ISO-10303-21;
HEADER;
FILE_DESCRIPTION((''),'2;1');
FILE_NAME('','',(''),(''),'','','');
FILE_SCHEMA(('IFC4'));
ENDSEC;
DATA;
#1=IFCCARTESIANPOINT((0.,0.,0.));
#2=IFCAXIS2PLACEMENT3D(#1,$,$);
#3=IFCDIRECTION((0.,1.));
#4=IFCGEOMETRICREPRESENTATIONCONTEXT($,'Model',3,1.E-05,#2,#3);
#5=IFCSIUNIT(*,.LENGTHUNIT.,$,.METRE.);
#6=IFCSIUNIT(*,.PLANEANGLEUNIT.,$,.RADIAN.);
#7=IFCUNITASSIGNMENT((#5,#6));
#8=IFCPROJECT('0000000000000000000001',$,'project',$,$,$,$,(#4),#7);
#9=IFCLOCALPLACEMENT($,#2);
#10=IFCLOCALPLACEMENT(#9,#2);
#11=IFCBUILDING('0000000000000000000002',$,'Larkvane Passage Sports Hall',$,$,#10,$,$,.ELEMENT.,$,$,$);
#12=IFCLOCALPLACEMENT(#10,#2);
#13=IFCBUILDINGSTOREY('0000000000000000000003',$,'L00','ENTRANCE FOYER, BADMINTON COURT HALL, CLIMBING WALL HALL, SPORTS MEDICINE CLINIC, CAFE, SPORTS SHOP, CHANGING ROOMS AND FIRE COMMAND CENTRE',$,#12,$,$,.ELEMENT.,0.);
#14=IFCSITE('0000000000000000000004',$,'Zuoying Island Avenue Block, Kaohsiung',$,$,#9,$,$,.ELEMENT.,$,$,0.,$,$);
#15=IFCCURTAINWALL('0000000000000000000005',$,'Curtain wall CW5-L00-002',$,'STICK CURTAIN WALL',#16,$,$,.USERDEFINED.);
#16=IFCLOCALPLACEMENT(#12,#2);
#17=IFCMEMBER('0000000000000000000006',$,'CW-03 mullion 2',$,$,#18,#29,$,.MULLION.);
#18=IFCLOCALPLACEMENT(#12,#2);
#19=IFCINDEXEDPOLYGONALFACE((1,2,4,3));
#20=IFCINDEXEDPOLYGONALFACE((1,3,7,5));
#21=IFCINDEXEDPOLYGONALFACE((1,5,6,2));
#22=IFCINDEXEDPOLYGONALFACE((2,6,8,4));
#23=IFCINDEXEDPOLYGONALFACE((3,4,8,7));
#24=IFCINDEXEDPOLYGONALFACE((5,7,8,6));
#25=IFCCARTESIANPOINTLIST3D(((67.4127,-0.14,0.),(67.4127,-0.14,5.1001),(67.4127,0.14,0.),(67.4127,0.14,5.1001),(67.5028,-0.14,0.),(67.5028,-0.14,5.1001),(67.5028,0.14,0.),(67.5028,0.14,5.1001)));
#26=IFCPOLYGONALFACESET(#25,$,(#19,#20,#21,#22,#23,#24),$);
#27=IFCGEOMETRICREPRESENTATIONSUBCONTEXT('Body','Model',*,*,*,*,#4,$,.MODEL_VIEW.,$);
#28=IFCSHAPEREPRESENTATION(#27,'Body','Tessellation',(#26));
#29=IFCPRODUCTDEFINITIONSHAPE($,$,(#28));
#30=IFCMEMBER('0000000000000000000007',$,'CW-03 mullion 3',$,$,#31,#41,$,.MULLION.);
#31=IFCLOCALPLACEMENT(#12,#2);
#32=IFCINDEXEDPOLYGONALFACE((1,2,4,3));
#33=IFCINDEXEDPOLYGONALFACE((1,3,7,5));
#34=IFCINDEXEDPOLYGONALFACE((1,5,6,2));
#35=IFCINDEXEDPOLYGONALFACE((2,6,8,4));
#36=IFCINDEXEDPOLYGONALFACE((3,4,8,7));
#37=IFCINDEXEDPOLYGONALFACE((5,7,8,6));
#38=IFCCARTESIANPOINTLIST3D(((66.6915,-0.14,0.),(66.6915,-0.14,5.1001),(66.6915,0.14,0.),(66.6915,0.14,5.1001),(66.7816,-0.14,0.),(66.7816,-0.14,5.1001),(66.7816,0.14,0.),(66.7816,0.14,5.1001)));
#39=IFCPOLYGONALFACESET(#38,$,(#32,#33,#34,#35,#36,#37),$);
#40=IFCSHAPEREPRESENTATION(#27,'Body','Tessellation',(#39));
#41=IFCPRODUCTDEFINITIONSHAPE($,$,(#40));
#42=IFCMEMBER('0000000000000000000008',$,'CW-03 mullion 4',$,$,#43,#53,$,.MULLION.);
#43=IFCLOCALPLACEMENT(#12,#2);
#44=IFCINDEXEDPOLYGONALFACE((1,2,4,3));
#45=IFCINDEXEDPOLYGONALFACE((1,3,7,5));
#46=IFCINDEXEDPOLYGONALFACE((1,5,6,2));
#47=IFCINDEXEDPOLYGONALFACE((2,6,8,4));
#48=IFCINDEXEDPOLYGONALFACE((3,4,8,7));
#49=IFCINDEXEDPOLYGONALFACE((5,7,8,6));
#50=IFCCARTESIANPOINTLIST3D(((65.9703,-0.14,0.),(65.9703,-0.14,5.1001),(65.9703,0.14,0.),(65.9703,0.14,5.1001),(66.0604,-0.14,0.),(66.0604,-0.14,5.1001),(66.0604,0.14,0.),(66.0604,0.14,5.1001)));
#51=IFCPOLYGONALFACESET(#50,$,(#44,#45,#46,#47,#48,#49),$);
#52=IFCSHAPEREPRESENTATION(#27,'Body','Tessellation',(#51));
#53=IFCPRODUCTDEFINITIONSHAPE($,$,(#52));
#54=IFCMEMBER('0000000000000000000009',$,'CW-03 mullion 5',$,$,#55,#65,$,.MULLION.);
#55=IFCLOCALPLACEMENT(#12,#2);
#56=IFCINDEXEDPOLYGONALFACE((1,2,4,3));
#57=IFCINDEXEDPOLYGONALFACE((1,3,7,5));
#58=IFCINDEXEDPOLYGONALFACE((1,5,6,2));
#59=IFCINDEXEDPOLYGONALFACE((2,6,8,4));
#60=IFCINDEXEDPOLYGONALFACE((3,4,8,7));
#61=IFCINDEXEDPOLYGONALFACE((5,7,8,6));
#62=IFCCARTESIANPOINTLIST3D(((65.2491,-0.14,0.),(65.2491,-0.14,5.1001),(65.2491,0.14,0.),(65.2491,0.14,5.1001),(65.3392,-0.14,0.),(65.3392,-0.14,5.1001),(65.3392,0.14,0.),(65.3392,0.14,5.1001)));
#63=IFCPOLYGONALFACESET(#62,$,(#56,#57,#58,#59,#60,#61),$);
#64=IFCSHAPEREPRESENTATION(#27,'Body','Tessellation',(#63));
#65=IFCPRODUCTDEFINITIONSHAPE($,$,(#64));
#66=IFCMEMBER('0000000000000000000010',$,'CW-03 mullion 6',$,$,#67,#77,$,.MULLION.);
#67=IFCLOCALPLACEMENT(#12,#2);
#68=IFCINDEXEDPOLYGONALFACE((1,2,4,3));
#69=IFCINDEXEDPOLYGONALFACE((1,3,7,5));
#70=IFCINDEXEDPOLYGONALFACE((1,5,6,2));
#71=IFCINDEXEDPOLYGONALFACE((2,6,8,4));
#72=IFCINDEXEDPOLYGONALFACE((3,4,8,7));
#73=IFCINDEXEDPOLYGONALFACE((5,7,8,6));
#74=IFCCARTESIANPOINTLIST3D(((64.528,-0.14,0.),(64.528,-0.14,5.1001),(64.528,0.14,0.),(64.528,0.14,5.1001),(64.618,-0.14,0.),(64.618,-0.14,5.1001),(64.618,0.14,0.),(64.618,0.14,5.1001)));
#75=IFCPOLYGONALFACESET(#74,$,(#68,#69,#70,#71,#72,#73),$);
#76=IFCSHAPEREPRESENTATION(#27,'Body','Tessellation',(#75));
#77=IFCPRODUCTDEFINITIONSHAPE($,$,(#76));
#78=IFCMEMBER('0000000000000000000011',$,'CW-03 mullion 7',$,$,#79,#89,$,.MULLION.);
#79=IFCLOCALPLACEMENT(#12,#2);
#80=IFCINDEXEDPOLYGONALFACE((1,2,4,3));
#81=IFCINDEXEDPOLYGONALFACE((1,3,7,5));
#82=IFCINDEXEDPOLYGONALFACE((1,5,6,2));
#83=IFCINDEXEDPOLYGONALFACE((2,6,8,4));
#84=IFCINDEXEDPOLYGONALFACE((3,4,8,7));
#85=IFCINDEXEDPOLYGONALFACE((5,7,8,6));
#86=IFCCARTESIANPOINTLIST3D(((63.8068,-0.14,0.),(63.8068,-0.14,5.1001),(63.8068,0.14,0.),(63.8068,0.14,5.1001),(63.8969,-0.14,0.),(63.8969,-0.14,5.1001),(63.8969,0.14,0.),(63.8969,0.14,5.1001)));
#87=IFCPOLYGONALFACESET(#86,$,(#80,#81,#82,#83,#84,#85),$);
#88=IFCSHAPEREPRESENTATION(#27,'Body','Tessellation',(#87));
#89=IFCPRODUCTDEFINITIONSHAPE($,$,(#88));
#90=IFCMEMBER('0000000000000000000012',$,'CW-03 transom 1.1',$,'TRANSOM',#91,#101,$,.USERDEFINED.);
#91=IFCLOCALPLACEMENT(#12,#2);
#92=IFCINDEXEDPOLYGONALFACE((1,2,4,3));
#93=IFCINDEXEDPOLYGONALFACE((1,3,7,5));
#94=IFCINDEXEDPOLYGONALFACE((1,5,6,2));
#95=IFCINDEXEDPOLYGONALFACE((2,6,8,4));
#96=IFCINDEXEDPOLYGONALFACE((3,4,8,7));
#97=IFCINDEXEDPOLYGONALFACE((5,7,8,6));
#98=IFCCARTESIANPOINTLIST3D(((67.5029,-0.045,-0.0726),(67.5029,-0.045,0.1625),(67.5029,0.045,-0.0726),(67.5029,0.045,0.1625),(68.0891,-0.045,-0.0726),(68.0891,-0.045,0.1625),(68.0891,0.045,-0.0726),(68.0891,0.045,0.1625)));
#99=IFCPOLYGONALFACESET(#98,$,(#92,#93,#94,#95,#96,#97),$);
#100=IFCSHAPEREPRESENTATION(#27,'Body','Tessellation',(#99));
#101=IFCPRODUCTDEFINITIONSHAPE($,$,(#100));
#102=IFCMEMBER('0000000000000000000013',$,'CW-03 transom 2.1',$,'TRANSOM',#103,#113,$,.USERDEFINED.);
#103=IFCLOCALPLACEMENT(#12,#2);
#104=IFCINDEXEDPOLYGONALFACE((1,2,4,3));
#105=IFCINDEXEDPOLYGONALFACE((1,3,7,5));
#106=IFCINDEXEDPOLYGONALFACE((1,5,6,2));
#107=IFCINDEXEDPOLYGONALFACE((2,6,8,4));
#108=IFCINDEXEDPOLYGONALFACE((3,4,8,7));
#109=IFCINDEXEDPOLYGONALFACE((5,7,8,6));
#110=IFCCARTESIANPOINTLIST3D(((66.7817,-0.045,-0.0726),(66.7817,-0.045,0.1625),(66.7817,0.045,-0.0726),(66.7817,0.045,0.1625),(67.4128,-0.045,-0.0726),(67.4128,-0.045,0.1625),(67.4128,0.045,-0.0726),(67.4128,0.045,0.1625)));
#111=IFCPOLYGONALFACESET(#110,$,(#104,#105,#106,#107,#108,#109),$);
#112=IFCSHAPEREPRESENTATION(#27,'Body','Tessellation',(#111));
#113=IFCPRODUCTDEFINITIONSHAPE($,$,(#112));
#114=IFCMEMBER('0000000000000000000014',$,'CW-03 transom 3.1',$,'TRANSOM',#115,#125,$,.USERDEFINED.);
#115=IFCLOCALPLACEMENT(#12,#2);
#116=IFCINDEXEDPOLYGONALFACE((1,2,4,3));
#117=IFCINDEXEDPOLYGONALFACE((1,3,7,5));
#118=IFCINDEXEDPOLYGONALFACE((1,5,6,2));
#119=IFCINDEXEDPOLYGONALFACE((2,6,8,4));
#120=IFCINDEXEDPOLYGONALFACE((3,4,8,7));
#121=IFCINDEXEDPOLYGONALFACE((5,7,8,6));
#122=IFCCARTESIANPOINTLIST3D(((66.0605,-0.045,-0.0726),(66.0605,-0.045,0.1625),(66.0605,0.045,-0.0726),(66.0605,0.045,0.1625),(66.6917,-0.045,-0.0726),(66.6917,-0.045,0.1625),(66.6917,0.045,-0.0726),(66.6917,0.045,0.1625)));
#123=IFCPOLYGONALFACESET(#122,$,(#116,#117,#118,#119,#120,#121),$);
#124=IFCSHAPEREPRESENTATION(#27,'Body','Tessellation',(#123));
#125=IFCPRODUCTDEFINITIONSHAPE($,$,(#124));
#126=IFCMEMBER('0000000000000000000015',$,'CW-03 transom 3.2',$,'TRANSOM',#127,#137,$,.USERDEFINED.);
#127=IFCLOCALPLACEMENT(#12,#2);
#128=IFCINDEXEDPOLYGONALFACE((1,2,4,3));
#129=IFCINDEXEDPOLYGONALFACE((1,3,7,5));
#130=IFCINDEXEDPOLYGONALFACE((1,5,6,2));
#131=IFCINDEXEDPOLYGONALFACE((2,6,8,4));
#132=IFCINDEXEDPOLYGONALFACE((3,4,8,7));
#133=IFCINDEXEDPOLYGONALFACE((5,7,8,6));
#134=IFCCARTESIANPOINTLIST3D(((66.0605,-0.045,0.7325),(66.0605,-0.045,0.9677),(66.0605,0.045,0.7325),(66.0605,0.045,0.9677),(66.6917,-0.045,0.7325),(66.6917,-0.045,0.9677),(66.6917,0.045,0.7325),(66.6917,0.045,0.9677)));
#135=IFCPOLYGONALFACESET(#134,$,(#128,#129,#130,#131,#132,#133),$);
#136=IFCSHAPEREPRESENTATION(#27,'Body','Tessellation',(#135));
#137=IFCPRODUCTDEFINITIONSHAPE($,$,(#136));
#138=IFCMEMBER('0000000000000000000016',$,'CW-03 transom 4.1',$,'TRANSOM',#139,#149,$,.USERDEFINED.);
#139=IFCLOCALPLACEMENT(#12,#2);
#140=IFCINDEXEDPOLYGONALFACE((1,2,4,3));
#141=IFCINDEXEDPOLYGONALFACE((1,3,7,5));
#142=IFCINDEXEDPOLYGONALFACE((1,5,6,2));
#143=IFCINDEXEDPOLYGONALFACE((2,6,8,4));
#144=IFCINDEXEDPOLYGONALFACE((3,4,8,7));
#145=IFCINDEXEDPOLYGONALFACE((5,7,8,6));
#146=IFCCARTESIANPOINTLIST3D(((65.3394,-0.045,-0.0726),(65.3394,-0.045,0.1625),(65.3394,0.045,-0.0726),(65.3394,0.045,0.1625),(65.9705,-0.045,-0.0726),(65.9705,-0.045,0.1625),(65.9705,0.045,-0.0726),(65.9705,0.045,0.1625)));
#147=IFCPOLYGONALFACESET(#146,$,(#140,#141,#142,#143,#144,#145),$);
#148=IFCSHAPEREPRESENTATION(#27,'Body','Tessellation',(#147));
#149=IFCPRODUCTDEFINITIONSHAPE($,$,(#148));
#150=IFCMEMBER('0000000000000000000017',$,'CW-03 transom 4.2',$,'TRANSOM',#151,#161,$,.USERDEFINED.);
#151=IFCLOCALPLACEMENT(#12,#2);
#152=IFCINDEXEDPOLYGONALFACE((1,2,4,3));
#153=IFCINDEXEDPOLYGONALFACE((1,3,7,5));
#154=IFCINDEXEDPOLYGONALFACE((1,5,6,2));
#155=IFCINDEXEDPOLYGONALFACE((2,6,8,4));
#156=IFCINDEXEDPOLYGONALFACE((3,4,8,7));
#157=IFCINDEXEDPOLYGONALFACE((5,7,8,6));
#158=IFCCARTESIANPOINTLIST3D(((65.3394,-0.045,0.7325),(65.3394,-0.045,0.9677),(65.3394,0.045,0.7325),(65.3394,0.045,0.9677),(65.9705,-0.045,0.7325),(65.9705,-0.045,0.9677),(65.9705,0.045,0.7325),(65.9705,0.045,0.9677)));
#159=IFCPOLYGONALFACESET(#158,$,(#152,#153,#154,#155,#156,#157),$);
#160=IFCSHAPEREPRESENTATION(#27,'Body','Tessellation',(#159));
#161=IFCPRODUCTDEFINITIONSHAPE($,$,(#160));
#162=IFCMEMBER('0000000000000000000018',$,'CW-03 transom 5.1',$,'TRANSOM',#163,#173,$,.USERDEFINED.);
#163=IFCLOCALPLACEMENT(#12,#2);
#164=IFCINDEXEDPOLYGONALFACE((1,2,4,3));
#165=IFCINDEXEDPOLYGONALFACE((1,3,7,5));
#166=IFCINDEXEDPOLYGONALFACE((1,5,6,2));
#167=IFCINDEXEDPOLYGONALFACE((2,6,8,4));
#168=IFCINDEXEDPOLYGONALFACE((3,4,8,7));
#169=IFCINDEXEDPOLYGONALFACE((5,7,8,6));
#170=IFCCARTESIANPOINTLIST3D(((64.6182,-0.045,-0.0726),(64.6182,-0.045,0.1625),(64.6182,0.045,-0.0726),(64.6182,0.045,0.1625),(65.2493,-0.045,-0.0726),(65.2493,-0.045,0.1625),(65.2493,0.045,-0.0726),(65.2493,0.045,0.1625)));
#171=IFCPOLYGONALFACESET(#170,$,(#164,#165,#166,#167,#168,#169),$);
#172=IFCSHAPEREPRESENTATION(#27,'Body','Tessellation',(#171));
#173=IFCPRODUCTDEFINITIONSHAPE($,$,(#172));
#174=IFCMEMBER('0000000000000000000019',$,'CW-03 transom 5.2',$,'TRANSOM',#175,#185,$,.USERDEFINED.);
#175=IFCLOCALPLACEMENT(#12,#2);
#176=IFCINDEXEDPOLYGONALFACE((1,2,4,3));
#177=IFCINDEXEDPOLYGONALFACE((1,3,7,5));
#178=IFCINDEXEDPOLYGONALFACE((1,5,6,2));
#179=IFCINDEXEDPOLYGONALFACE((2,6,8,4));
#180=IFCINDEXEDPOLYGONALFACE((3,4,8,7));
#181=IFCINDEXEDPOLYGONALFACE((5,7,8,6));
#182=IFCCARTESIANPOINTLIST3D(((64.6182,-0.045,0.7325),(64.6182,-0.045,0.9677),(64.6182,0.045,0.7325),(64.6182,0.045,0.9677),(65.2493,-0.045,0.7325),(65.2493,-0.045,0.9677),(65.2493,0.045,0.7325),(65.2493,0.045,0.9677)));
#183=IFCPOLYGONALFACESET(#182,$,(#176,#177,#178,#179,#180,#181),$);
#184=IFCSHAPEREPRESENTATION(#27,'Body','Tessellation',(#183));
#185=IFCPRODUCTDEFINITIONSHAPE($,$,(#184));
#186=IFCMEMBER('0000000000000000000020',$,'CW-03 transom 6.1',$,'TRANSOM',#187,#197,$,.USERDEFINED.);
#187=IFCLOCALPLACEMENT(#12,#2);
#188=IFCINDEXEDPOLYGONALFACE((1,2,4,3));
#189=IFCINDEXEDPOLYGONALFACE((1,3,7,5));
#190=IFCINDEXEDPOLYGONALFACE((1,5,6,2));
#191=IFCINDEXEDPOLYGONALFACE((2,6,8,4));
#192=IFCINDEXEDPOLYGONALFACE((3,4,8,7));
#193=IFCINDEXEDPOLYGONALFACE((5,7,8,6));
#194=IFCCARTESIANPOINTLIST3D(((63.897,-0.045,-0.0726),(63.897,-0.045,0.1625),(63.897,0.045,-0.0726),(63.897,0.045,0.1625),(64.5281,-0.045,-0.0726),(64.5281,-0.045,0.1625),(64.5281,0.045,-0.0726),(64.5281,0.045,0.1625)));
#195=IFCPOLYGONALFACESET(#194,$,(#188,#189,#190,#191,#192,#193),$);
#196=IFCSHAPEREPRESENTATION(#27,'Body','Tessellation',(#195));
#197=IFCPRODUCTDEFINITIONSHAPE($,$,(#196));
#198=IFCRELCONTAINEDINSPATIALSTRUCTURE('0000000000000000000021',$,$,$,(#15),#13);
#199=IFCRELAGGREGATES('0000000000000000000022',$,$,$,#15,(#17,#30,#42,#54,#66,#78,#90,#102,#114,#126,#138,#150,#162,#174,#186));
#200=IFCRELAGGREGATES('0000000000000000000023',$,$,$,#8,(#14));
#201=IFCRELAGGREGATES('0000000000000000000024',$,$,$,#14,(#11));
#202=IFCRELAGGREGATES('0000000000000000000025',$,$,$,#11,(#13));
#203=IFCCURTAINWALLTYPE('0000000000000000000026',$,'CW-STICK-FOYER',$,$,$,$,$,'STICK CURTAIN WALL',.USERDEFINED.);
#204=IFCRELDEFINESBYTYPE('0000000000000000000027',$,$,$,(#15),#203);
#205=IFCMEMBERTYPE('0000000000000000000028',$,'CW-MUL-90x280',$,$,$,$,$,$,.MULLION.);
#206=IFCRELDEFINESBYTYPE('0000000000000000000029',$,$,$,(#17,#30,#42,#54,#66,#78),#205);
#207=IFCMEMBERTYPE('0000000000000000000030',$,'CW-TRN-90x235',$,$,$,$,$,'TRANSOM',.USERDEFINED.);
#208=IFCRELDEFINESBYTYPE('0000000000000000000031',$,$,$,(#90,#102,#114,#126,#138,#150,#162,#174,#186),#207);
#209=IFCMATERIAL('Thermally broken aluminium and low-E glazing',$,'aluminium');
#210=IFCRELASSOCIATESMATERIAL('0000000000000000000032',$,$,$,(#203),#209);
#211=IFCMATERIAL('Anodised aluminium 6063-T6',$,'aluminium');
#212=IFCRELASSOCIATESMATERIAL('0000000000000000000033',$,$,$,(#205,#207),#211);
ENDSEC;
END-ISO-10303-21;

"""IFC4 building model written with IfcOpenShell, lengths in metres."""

from ifc_helpers import new_model, si_unit, direction, frame, origin, origin_2d, place, context, subcontext, project, spatial, rectangle, extrude, material, material_profile, profile_set, type_object, element, aggregate, save


model = new_model("IFC4")

# Units and contexts
model_context = context("Model", 3, precision=1e-05, world=origin(), true_north=direction((0.0, 1.0)))
body_context = subcontext(model_context, "Body", "Model", "MODEL_VIEW")
ifc_project = project(units=[si_unit("LENGTHUNIT", "METRE"), si_unit("PLANEANGLEUNIT", "RADIAN")], contexts=[model_context])

# Site, building, storey
site_placement = place(None, origin())
site = spatial("IfcSite", under=ifc_project, at=site_placement, Name="Zuoying Island Avenue Block, Kaohsiung", CompositionType="ELEMENT", RefElevation=0.0)
building_placement = place(site_placement, origin())
building = spatial("IfcBuilding", under=site, at=building_placement, Name="Larkvane Passage Sports Hall", CompositionType="ELEMENT")
storey_placement = place(building_placement, origin())
storey = spatial("IfcBuildingStorey", under=building, at=storey_placement, Name="L00", Description="ENTRANCE FOYER, BADMINTON COURT HALL, CLIMBING WALL HALL, SPORTS MEDICINE CLINIC, CAFE, SPORTS SHOP, CHANGING ROOMS AND FIRE COMMAND CENTRE", CompositionType="ELEMENT", Elevation=0.0)

# Curtain wall, members
ifc_material_1 = material(Name="Thermally broken aluminium and low-E glazing", Category="aluminium")
curtain_wall_type = type_object("IfcCurtainWallType", Name="CW-STICK-FOYER", ElementType="STICK CURTAIN WALL", PredefinedType="USERDEFINED", material=ifc_material_1)
curtain_wall_placement = place(storey_placement, origin())
curtain_wall = element("IfcCurtainWall", 1, at=curtain_wall_placement, inside=storey, type_object=curtain_wall_type, Name="Curtain wall CW5-L00-002", ObjectType="STICK CURTAIN WALL", PredefinedType="USERDEFINED")
ifc_material_2 = material(Name="Anodised aluminium 6063-T6", Category="aluminium")
ifc_material_profile_1 = material_profile(ifc_material_2, rectangle(XDim=0.0901, YDim=0.28, at=origin_2d()), Name="ALU-MUL-90x280")
ifc_profile_set_1 = profile_set([ifc_material_profile_1], Name="Anodised aluminium 6063-T6")
member_type_1 = type_object("IfcMemberType", Name="CW-MUL-90x280", PredefinedType="MULLION", material=ifc_profile_set_1)
member_1_placement = place(storey_placement, frame((67.4578, 0.0, 0.0), z_axis=(0.0, 0.0, 1.0), x_axis=(-1.0, 0.0, 0.0)))
member_1 = element("IfcMember", 2, at=member_1_placement, type_object=member_type_1, Name="CW-03 mullion 2", PredefinedType="MULLION", context=body_context, shape_type="SweptSolid", body=[
    extrude(rectangle(XDim=0.0901, YDim=0.28, at=origin_2d()), origin(), (0.0, 0.0, 1.0), 5.1001),
])
member_2_placement = place(storey_placement, frame((66.7366, 0.0, 0.0), z_axis=(0.0, 0.0, 1.0), x_axis=(-1.0, 0.0, 0.0)))
member_2 = element("IfcMember", 3, at=member_2_placement, type_object=member_type_1, Name="CW-03 mullion 3", PredefinedType="MULLION", context=body_context, shape_type="SweptSolid", body=[
    extrude(rectangle(XDim=0.0901, YDim=0.28, at=origin_2d()), origin(), (0.0, 0.0, 1.0), 5.1001),
])
member_3_placement = place(storey_placement, frame((66.0154, 0.0, 0.0), z_axis=(0.0, 0.0, 1.0), x_axis=(-1.0, 0.0, 0.0)))
member_3 = element("IfcMember", 4, at=member_3_placement, type_object=member_type_1, Name="CW-03 mullion 4", PredefinedType="MULLION", context=body_context, shape_type="SweptSolid", body=[
    extrude(rectangle(XDim=0.0901, YDim=0.28, at=origin_2d()), origin(), (0.0, 0.0, 1.0), 5.1001),
])
member_4_placement = place(storey_placement, frame((65.2942, 0.0, 0.0), z_axis=(0.0, 0.0, 1.0), x_axis=(-1.0, 0.0, 0.0)))
member_4 = element("IfcMember", 5, at=member_4_placement, type_object=member_type_1, Name="CW-03 mullion 5", PredefinedType="MULLION", context=body_context, shape_type="SweptSolid", body=[
    extrude(rectangle(XDim=0.0901, YDim=0.28, at=origin_2d()), origin(), (0.0, 0.0, 1.0), 5.1001),
])
member_5_placement = place(storey_placement, frame((64.573, 0.0, 0.0), z_axis=(0.0, 0.0, 1.0), x_axis=(-1.0, 0.0, 0.0)))
member_5 = element("IfcMember", 6, at=member_5_placement, type_object=member_type_1, Name="CW-03 mullion 6", PredefinedType="MULLION", context=body_context, shape_type="SweptSolid", body=[
    extrude(rectangle(XDim=0.0901, YDim=0.28, at=origin_2d()), origin(), (0.0, 0.0, 1.0), 5.1001),
])
member_6_placement = place(storey_placement, frame((63.8518, 0.0, 0.0), z_axis=(0.0, 0.0, 1.0), x_axis=(-1.0, 0.0, 0.0)))
member_6 = element("IfcMember", 7, at=member_6_placement, type_object=member_type_1, Name="CW-03 mullion 7", PredefinedType="MULLION", context=body_context, shape_type="SweptSolid", body=[
    extrude(rectangle(XDim=0.0901, YDim=0.28, at=origin_2d()), origin(), (0.0, 0.0, 1.0), 5.1001),
])
ifc_material_profile_2 = material_profile(ifc_material_2, rectangle(XDim=0.0901, YDim=0.2351, at=origin_2d()), Name="ALU-TRN-90x235")
ifc_profile_set_2 = profile_set([ifc_material_profile_2], Name="Anodised aluminium 6063-T6")
member_type_2 = type_object("IfcMemberType", Name="CW-TRN-90x235", ElementType="TRANSOM", PredefinedType="USERDEFINED", material=ifc_profile_set_2)
member_7_placement = place(storey_placement, frame((68.0891, 0.0, 0.0449), z_axis=(-1.0, 0.0, 0.0), x_axis=(0.0, -1.0, 0.0)))
member_7 = element("IfcMember", 8, at=member_7_placement, type_object=member_type_2, Name="CW-03 transom 1.1", ObjectType="TRANSOM", PredefinedType="USERDEFINED", context=body_context, shape_type="SweptSolid", body=[
    extrude(rectangle(XDim=0.0901, YDim=0.2351, at=origin_2d()), origin(), (0.0, 0.0, 1.0), 0.5862),
])
member_8_placement = place(storey_placement, frame((67.4128, 0.0, 0.0449), z_axis=(-1.0, 0.0, 0.0), x_axis=(0.0, -1.0, 0.0)))
member_8 = element("IfcMember", 9, at=member_8_placement, type_object=member_type_2, Name="CW-03 transom 2.1", ObjectType="TRANSOM", PredefinedType="USERDEFINED", context=body_context, shape_type="SweptSolid", body=[
    extrude(rectangle(XDim=0.0901, YDim=0.2351, at=origin_2d()), origin(), (0.0, 0.0, 1.0), 0.6311),
])
member_9_placement = place(storey_placement, frame((66.6917, 0.0, 0.0449), z_axis=(-1.0, 0.0, 0.0), x_axis=(0.0, -1.0, 0.0)))
member_9 = element("IfcMember", 10, at=member_9_placement, type_object=member_type_2, Name="CW-03 transom 3.1", ObjectType="TRANSOM", PredefinedType="USERDEFINED", context=body_context, shape_type="SweptSolid", body=[
    extrude(rectangle(XDim=0.0901, YDim=0.2351, at=origin_2d()), origin(), (0.0, 0.0, 1.0), 0.6311),
])
member_10_placement = place(storey_placement, frame((66.6917, 0.0, 0.8501), z_axis=(-1.0, 0.0, 0.0), x_axis=(0.0, -1.0, 0.0)))
member_10 = element("IfcMember", 11, at=member_10_placement, type_object=member_type_2, Name="CW-03 transom 3.2", ObjectType="TRANSOM", PredefinedType="USERDEFINED", context=body_context, shape_type="SweptSolid", body=[
    extrude(rectangle(XDim=0.0901, YDim=0.2351, at=origin_2d()), origin(), (0.0, 0.0, 1.0), 0.6311),
])
member_11_placement = place(storey_placement, frame((65.9705, 0.0, 0.0449), z_axis=(-1.0, 0.0, 0.0), x_axis=(0.0, -1.0, 0.0)))
member_11 = element("IfcMember", 12, at=member_11_placement, type_object=member_type_2, Name="CW-03 transom 4.1", ObjectType="TRANSOM", PredefinedType="USERDEFINED", context=body_context, shape_type="SweptSolid", body=[
    extrude(rectangle(XDim=0.0901, YDim=0.2351, at=origin_2d()), origin(), (0.0, 0.0, 1.0), 0.6311),
])
member_12_placement = place(storey_placement, frame((65.9705, 0.0, 0.8501), z_axis=(-1.0, 0.0, 0.0), x_axis=(0.0, -1.0, 0.0)))
member_12 = element("IfcMember", 13, at=member_12_placement, type_object=member_type_2, Name="CW-03 transom 4.2", ObjectType="TRANSOM", PredefinedType="USERDEFINED", context=body_context, shape_type="SweptSolid", body=[
    extrude(rectangle(XDim=0.0901, YDim=0.2351, at=origin_2d()), origin(), (0.0, 0.0, 1.0), 0.6311),
])
member_13_placement = place(storey_placement, frame((65.2493, 0.0, 0.0449), z_axis=(-1.0, 0.0, 0.0), x_axis=(0.0, -1.0, 0.0)))
member_13 = element("IfcMember", 14, at=member_13_placement, type_object=member_type_2, Name="CW-03 transom 5.1", ObjectType="TRANSOM", PredefinedType="USERDEFINED", context=body_context, shape_type="SweptSolid", body=[
    extrude(rectangle(XDim=0.0901, YDim=0.2351, at=origin_2d()), origin(), (0.0, 0.0, 1.0), 0.6311),
])
member_14_placement = place(storey_placement, frame((65.2493, 0.0, 0.8501), z_axis=(-1.0, 0.0, 0.0), x_axis=(0.0, -1.0, 0.0)))
member_14 = element("IfcMember", 15, at=member_14_placement, type_object=member_type_2, Name="CW-03 transom 5.2", ObjectType="TRANSOM", PredefinedType="USERDEFINED", context=body_context, shape_type="SweptSolid", body=[
    extrude(rectangle(XDim=0.0901, YDim=0.2351, at=origin_2d()), origin(), (0.0, 0.0, 1.0), 0.6311),
])
member_15_placement = place(storey_placement, frame((64.5281, 0.0, 0.0449), z_axis=(-1.0, 0.0, 0.0), x_axis=(0.0, -1.0, 0.0)))
member_15 = element("IfcMember", 16, at=member_15_placement, type_object=member_type_2, Name="CW-03 transom 6.1", ObjectType="TRANSOM", PredefinedType="USERDEFINED", context=body_context, shape_type="SweptSolid", body=[
    extrude(rectangle(XDim=0.0901, YDim=0.2351, at=origin_2d()), origin(), (0.0, 0.0, 1.0), 0.6311),
])
aggregate(curtain_wall, [member_1, member_2, member_3, member_4, member_5, member_6, member_7, member_8, member_9, member_10, member_11, member_12, member_13, member_14, member_15])

save(model, "model.ifc")
